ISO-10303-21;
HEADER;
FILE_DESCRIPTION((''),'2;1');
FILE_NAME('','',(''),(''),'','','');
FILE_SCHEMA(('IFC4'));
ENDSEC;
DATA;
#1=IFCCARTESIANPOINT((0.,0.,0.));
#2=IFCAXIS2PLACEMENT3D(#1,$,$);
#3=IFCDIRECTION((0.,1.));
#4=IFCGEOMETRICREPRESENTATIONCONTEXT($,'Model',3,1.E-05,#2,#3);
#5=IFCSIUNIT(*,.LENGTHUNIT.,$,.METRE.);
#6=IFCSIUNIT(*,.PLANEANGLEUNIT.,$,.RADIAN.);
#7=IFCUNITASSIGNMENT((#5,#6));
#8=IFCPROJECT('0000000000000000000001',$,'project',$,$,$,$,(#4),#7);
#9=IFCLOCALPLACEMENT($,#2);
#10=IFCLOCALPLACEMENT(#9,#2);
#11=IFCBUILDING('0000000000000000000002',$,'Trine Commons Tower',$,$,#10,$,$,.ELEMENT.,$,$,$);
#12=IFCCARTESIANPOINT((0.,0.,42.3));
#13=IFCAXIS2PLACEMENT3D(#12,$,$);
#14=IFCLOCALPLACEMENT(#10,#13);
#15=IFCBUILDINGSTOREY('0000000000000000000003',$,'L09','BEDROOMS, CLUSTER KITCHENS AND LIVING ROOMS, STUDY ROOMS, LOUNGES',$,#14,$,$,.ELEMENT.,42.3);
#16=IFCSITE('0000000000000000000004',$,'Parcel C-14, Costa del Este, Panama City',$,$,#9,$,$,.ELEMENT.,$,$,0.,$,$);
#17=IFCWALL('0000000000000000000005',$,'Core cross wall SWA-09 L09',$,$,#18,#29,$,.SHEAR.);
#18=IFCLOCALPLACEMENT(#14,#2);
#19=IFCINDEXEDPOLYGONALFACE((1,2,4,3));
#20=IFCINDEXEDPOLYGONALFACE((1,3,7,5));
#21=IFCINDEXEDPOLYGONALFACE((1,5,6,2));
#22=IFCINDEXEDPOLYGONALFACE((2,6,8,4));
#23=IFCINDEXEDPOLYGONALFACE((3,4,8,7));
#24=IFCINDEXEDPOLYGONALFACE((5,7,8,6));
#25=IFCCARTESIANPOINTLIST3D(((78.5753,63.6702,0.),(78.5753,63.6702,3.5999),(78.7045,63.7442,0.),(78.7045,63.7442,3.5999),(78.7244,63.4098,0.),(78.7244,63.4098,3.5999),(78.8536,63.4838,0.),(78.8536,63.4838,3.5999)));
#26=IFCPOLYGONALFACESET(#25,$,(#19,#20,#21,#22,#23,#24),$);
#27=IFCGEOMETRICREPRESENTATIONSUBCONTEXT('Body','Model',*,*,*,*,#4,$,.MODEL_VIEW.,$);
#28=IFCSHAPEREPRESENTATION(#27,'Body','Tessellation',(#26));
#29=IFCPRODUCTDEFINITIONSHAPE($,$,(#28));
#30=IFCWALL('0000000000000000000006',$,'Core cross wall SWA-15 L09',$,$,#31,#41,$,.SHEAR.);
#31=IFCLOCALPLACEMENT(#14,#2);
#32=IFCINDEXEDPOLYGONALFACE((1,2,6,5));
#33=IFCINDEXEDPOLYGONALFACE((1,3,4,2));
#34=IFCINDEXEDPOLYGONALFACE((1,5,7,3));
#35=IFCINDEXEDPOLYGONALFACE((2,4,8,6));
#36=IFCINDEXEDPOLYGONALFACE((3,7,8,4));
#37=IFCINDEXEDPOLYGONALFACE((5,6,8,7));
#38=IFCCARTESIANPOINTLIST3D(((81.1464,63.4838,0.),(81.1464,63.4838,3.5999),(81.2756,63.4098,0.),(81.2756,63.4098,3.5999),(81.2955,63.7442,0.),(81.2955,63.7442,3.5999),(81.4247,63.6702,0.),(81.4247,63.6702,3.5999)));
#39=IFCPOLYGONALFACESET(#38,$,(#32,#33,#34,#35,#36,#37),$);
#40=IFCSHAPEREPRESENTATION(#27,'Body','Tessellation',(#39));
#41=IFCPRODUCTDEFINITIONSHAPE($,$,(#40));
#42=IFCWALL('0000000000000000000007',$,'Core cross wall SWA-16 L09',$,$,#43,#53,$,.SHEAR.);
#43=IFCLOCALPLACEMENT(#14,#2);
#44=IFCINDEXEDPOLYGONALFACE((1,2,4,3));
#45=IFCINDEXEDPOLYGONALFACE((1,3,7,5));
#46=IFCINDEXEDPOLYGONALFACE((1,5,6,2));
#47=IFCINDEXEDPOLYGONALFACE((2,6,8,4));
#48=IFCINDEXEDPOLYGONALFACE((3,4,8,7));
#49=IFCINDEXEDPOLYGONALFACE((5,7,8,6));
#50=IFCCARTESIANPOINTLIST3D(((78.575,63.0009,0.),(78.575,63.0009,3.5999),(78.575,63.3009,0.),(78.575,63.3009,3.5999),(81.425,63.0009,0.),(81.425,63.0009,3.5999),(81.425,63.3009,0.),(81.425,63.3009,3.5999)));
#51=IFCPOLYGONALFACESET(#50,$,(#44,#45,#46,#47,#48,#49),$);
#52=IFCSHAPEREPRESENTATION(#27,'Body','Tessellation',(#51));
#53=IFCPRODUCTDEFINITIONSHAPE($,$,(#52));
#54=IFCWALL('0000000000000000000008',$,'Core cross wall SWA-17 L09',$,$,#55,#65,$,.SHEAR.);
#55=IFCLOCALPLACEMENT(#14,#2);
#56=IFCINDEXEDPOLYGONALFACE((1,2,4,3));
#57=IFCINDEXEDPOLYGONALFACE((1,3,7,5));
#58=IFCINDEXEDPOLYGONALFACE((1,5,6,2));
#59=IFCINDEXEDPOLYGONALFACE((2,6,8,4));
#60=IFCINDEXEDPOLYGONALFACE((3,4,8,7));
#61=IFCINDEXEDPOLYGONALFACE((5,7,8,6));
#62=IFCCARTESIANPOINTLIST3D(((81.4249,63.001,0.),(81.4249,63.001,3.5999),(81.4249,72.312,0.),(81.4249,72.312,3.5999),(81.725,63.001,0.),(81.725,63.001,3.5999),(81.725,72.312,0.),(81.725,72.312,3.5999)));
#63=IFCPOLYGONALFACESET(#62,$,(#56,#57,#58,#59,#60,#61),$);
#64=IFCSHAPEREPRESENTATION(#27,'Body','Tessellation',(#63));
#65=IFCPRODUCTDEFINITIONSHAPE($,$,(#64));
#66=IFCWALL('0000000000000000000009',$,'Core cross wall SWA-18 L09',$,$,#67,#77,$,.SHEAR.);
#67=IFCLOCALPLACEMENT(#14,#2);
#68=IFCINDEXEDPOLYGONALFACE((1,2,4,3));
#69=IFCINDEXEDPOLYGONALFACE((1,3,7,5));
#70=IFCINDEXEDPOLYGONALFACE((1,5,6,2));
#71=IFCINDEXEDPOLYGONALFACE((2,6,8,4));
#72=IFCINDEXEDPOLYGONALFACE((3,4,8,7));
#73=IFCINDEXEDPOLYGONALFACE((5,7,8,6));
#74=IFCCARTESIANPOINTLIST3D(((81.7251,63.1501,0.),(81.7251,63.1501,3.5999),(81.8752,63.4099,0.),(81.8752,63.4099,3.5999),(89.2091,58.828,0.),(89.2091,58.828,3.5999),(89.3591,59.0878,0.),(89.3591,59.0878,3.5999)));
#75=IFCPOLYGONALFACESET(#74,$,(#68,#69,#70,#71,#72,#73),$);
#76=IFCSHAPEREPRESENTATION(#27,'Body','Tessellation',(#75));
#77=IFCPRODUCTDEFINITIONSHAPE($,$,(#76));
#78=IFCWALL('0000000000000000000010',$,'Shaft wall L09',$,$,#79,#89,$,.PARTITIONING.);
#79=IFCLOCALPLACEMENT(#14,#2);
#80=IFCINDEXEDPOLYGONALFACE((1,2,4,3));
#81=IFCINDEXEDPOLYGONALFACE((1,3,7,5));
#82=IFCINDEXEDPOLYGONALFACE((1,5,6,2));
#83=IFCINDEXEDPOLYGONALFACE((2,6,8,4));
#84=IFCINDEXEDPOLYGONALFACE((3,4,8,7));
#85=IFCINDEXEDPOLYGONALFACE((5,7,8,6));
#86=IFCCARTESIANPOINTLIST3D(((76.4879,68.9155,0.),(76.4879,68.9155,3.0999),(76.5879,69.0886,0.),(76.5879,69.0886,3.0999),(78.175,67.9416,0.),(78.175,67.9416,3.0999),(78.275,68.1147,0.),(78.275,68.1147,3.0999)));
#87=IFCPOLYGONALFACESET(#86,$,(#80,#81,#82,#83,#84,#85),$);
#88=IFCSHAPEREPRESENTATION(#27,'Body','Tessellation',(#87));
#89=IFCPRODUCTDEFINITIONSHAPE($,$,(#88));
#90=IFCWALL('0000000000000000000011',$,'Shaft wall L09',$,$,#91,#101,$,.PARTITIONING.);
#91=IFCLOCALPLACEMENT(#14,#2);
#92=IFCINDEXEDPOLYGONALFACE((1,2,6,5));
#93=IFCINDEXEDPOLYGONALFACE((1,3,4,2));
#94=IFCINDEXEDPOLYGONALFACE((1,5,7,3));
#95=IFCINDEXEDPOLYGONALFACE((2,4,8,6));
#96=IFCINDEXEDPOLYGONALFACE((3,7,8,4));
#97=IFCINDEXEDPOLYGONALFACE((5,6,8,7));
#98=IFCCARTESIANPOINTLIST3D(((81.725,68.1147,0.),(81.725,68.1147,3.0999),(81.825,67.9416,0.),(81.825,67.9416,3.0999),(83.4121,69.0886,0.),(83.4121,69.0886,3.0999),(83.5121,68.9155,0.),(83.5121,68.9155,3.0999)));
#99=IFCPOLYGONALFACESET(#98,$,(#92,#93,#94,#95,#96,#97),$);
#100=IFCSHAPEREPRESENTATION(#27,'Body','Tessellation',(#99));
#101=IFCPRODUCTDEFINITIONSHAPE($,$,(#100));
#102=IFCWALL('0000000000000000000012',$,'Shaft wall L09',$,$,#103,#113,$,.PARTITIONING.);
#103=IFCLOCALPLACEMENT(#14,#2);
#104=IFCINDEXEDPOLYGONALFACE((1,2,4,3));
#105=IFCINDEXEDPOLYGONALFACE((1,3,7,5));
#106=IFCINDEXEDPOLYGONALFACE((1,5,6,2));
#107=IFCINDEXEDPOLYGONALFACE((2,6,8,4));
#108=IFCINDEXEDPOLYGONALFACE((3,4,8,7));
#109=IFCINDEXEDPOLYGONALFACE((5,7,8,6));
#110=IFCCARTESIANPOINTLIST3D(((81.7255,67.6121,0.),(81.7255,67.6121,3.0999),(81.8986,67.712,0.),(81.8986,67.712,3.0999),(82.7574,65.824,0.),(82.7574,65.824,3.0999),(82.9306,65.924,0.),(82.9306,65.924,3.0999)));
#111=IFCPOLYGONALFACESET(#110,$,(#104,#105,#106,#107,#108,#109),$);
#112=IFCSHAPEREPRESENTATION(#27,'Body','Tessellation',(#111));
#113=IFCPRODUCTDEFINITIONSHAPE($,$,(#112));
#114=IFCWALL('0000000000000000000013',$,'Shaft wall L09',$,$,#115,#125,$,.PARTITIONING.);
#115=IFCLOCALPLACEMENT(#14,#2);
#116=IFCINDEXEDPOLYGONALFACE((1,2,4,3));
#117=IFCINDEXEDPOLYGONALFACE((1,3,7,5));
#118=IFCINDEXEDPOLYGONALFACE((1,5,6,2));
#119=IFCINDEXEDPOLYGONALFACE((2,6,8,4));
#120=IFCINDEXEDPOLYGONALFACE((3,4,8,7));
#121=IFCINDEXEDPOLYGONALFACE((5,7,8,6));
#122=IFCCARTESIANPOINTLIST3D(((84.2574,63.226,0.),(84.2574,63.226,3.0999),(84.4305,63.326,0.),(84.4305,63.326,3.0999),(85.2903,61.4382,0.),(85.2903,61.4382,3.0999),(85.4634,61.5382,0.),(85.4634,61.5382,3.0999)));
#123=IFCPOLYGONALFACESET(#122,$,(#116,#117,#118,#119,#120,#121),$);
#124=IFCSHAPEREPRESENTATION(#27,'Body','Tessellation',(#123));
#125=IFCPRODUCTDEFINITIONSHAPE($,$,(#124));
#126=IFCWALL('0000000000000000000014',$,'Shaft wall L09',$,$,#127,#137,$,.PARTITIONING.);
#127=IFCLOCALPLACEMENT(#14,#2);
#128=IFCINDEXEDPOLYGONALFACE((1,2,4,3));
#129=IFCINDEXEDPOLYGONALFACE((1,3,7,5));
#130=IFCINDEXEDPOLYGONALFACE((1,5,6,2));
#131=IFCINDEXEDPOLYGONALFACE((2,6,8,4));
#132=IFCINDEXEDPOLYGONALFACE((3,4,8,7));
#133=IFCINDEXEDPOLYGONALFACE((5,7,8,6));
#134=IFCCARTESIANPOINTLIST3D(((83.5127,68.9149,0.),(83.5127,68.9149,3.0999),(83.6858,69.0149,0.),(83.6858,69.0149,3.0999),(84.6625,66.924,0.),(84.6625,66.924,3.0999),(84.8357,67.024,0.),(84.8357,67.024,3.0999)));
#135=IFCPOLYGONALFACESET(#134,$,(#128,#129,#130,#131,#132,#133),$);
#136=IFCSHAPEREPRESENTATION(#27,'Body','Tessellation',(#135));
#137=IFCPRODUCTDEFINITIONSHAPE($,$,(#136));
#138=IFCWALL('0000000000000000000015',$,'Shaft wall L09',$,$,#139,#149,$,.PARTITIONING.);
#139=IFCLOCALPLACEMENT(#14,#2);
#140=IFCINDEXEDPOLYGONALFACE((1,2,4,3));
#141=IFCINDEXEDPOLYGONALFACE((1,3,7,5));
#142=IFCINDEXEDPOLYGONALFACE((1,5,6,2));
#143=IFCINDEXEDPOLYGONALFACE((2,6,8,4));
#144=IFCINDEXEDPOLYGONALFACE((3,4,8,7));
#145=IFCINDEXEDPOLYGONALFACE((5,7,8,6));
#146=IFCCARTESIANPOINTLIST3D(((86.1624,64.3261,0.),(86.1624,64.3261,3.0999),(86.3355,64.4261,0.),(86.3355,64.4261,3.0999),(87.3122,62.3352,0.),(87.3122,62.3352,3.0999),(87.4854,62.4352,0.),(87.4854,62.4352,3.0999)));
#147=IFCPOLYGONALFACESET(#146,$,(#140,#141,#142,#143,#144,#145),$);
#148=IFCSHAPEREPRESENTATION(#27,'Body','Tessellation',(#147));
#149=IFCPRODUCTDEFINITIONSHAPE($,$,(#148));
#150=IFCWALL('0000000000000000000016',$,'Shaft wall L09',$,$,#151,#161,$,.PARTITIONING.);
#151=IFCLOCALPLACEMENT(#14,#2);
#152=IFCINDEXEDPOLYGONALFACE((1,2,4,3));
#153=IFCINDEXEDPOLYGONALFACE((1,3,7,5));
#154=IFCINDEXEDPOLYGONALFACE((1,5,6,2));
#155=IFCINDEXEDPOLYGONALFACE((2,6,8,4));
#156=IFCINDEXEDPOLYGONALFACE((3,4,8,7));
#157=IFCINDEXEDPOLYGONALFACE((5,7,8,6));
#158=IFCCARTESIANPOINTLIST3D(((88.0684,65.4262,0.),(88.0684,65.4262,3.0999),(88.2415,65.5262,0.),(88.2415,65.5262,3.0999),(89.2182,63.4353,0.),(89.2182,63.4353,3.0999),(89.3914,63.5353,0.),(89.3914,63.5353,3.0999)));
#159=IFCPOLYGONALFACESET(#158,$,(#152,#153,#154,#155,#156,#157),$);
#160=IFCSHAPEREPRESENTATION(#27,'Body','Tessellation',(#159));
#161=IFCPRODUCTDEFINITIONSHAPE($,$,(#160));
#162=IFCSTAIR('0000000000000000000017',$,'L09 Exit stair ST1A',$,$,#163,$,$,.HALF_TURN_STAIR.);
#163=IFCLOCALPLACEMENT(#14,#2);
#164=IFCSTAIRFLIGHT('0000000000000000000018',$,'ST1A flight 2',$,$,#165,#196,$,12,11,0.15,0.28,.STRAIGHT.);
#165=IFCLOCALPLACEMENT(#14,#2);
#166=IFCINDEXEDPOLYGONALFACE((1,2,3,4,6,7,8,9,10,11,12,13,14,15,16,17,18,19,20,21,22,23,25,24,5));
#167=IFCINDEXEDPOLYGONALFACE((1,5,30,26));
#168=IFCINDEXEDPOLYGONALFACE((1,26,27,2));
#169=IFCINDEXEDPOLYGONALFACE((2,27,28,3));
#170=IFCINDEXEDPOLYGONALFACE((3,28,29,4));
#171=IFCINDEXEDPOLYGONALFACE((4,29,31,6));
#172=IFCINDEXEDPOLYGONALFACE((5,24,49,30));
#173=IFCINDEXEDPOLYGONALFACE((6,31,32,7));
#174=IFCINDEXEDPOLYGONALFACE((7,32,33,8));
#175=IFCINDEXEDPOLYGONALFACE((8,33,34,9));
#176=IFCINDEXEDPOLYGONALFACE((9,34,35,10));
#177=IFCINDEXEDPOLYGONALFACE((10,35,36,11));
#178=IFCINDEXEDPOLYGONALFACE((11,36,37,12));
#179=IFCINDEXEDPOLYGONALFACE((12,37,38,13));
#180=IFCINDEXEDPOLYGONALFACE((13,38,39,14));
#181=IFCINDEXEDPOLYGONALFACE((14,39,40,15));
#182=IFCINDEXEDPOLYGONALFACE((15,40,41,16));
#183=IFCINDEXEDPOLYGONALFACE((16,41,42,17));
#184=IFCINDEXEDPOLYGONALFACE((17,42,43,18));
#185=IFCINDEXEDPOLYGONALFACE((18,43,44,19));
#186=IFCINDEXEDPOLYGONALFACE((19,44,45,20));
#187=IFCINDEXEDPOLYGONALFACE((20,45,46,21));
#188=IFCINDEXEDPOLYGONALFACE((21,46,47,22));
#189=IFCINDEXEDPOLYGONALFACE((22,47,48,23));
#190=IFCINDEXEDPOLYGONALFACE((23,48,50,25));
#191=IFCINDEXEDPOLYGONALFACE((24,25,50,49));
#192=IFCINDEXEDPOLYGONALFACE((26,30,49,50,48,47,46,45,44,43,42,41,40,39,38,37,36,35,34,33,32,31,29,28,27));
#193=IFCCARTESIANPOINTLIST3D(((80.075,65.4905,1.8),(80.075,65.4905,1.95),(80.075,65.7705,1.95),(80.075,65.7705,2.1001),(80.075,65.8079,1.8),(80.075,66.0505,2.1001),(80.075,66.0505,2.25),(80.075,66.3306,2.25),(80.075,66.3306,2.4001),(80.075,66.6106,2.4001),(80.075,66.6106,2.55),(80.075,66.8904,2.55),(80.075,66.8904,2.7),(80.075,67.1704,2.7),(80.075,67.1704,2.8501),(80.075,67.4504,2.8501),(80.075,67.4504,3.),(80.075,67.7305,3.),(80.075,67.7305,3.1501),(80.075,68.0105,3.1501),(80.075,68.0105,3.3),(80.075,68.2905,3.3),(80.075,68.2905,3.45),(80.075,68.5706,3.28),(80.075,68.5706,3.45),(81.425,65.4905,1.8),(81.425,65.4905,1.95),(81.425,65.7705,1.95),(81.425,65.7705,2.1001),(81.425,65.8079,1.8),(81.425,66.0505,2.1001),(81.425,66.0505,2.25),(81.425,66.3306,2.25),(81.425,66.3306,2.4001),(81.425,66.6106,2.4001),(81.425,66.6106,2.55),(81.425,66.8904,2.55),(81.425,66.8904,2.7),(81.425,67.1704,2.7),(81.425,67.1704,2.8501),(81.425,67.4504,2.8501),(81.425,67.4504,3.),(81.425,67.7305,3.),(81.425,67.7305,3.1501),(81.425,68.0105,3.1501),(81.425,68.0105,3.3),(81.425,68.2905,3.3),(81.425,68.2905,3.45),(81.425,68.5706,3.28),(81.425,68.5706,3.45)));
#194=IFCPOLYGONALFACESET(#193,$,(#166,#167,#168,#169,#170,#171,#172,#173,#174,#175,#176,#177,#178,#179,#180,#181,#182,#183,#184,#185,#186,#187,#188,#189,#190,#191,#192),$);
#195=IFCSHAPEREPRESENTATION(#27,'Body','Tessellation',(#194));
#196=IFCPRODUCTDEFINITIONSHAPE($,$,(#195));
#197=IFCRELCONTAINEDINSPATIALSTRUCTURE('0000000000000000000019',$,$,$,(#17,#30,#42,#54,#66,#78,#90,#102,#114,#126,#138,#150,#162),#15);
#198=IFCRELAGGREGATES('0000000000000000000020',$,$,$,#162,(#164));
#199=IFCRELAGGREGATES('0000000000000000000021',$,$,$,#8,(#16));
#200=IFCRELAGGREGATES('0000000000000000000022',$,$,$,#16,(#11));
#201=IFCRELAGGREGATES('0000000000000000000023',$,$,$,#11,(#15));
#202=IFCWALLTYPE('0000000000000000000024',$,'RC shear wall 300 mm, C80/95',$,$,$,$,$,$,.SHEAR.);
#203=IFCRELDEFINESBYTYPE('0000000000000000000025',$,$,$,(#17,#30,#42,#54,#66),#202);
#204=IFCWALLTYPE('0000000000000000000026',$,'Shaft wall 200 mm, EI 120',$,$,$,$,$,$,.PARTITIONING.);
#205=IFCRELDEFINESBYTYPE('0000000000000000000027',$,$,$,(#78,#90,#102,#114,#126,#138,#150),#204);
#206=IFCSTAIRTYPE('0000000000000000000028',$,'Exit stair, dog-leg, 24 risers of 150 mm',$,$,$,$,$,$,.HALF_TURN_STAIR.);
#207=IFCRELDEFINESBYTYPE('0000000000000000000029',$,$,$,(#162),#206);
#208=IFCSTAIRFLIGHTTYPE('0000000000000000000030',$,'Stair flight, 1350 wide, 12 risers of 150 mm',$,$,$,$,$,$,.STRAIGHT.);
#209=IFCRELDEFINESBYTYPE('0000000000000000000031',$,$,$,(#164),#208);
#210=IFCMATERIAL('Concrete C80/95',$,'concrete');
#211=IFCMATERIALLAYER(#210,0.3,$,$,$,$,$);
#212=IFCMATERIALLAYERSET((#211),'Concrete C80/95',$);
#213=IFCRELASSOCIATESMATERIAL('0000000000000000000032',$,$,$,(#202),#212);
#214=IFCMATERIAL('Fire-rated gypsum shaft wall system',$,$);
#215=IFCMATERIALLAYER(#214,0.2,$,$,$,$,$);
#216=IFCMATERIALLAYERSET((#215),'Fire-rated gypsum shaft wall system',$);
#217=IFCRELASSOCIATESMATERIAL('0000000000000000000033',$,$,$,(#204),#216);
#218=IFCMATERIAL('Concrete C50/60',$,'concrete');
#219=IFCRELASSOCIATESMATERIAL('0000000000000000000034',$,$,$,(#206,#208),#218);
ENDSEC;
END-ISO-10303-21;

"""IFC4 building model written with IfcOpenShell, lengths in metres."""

from ifc_helpers import new_model, si_unit, direction, frame, frame_2d, origin, place, context, subcontext, project, spatial, polyline, rectangle, outline, extrude, material, layer, layer_set, type_object, element, aggregate, save


model = new_model("IFC4")

# Units and contexts
model_context = context("Model", 3, precision=1e-05, world=origin(), true_north=direction((0.0, 1.0)))
body_context = subcontext(model_context, "Body", "Model", "MODEL_VIEW")
ifc_project = project(units=[si_unit("LENGTHUNIT", "METRE"), si_unit("PLANEANGLEUNIT", "RADIAN")], contexts=[model_context])

# Site, building, storey
site_placement = place(None, origin())
site = spatial("IfcSite", under=ifc_project, at=site_placement, Name="Parcel C-14, Costa del Este, Panama City", CompositionType="ELEMENT", RefElevation=0.0)
building_placement = place(site_placement, origin())
building = spatial("IfcBuilding", under=site, at=building_placement, Name="Trine Commons Tower", CompositionType="ELEMENT")
storey_placement = place(building_placement, frame((0.0, 0.0, 42.3)))
storey = spatial("IfcBuildingStorey", under=building, at=storey_placement, Name="L09", Description="BEDROOMS, CLUSTER KITCHENS AND LIVING ROOMS, STUDY ROOMS, LOUNGES", CompositionType="ELEMENT", Elevation=42.3)

# Shared definitions
ifc_material_1 = material(Name="Concrete C50/60", Category="concrete")

# Shared definitions
ifc_material_2 = material(Name="Fire-rated gypsum shaft wall system")
ifc_material_3 = material(Name="Concrete C80/95", Category="concrete")
ifc_layer_1 = layer(ifc_material_3, 0.3)
ifc_layer_set_1 = layer_set([ifc_layer_1], Name="Concrete C80/95")
wall_type_1 = type_object("IfcWallType", Name="RC shear wall 300 mm, C80/95", PredefinedType="SHEAR", material=ifc_layer_set_1)

# Walls
for number, where, z_axis, x_axis, name in (
    (1, (78.7791, 63.614, 0.0), (0.0, 0.0, 1.0), (-0.867738, -0.497022, 0.0), "Core cross wall SWA-09 L09"),
    (2, (81.2209, 63.614, 0.0), (0.0, 0.0, 1.0), (0.867738, -0.497022, 0.0), "Core cross wall SWA-15 L09"),
):
    element("IfcWall", number, at=place(storey_placement, frame(where, z_axis=z_axis, x_axis=x_axis)), inside=storey, type_object=wall_type_1, Name=name, PredefinedType="SHEAR", context=body_context, shape_type="SweptSolid", body=[
        extrude(rectangle(XDim=0.1489, YDim=0.3, at=frame_2d((0.0745, 0.0))), origin(), (0.0, 0.0, 1.0), 3.5999),
    ])
wall_1_placement = place(storey_placement, frame((81.425, 63.1509, 0.0), z_axis=(0.0, 0.0, 1.0), x_axis=(-1.0, 0.0, 0.0)))
element("IfcWall", 3, at=wall_1_placement, inside=storey, type_object=wall_type_1, Name="Core cross wall SWA-16 L09", PredefinedType="SHEAR", context=body_context, shape_type="SweptSolid", body=[
    extrude(rectangle(XDim=2.8501, YDim=0.3, at=frame_2d((1.425, 0.0))), origin(), (0.0, 0.0, 1.0), 3.5999),
])
wall_2_placement = place(storey_placement, frame((81.575, 63.001, 0.0), z_axis=(0.0, 0.0, 1.0), x_axis=(0.0, 1.0, 0.0)))
element("IfcWall", 4, at=wall_2_placement, inside=storey, type_object=wall_type_1, Name="Core cross wall SWA-17 L09", PredefinedType="SHEAR", context=body_context, shape_type="SweptSolid", body=[
    extrude(rectangle(XDim=9.311, YDim=0.3, at=frame_2d((4.6555, 0.0))), origin(), (0.0, 0.0, 1.0), 3.5999),
])
wall_3_placement = place(storey_placement, frame((81.8, 63.28, 0.0), z_axis=(0.0, 0.0, 1.0), x_axis=(0.865965, -0.500104, 0.0)))
element("IfcWall", 5, at=wall_3_placement, inside=storey, type_object=wall_type_1, Name="Core cross wall SWA-18 L09", PredefinedType="SHEAR", context=body_context, shape_type="SweptSolid", body=[
    extrude(rectangle(XDim=8.6423, YDim=0.3, at=frame_2d((4.3213, 0.0))), origin(), (0.0, 0.0, 1.0), 3.5999),
])
ifc_layer_2 = layer(ifc_material_2, 0.2)
ifc_layer_set_2 = layer_set([ifc_layer_2], Name="Fire-rated gypsum shaft wall system")
wall_type_2 = type_object("IfcWallType", Name="Shaft wall 200 mm, EI 120", PredefinedType="PARTITIONING", material=ifc_layer_set_2)
for number, where, z_axis, x_axis, name in (
    (6, (78.2251, 68.0281, 0.0), (0.0, 0.0, 1.0), (-0.866052, 0.499954, 0.0), "Shaft wall L09"),
    (7, (81.7749, 68.0281, 0.0), (0.0, 0.0, 1.0), (0.866052, 0.499954, 0.0), "Shaft wall L09"),
):
    element("IfcWall", number, at=place(storey_placement, frame(where, z_axis=z_axis, x_axis=x_axis)), inside=storey, type_object=wall_type_2, Name=name, PredefinedType="PARTITIONING", context=body_context, shape_type="SweptSolid", body=[
        extrude(rectangle(XDim=1.948, YDim=0.2, at=frame_2d((0.9741, 0.0))), origin(), (0.0, 0.0, 1.0), 3.0999),
    ])
wall_4_placement = place(storey_placement, frame((82.844, 65.874, 0.0), z_axis=(0.0, 0.0, 1.0), x_axis=(-0.499866, 0.866103, 0.0)))
element("IfcWall", 8, at=wall_4_placement, inside=storey, type_object=wall_type_2, Name="Shaft wall L09", PredefinedType="PARTITIONING", context=body_context, shape_type="SweptSolid", body=[
    extrude(rectangle(XDim=2.0645, YDim=0.2, at=frame_2d((1.0322, 0.0))), origin(), (0.0, 0.0, 1.0), 3.0999),
])
wall_5_placement = place(storey_placement, frame((84.344, 63.2759, 0.0), z_axis=(0.0, 0.0, 1.0), x_axis=(0.500272, -0.865868, 0.0)))
element("IfcWall", 9, at=wall_5_placement, inside=storey, type_object=wall_type_2, Name="Shaft wall L09", PredefinedType="PARTITIONING", context=body_context, shape_type="SweptSolid", body=[
    extrude(rectangle(XDim=2.0647, YDim=0.2, at=frame_2d((1.0322, 0.0))), origin(), (0.0, 0.0, 1.0), 3.0999),
])
for number, where, z_axis, x_axis, name in (
    (10, (84.749, 66.9741, 0.0), (0.0, 0.0, 1.0), (-0.500136, 0.865947, 0.0), "Shaft wall L09"),
    (11, (86.249, 64.376, 0.0), (0.0, 0.0, 1.0), (0.500136, -0.865947, 0.0), "Shaft wall L09"),
    (12, (88.155, 65.4761, 0.0), (0.0, 0.0, 1.0), (0.500136, -0.865947, 0.0), "Shaft wall L09"),
):
    element("IfcWall", number, at=place(storey_placement, frame(where, z_axis=z_axis, x_axis=x_axis)), inside=storey, type_object=wall_type_2, Name=name, PredefinedType="PARTITIONING", context=body_context, shape_type="SweptSolid", body=[
        extrude(rectangle(XDim=2.2991, YDim=0.2, at=frame_2d((1.1494, 0.0))), origin(), (0.0, 0.0, 1.0), 3.0999),
    ])

# Stair, stair flight
stair_type = type_object("IfcStairType", Name="Exit stair, dog-leg, 24 risers of 150 mm", PredefinedType="HALF_TURN_STAIR", material=ifc_material_1)
stair_placement = place(storey_placement, origin())
stair = element("IfcStair", 13, at=stair_placement, inside=storey, type_object=stair_type, Name="L09 Exit stair ST1A", PredefinedType="HALF_TURN_STAIR")
stair_flight_type = type_object("IfcStairFlightType", Name="Stair flight, 1350 wide, 12 risers of 150 mm", PredefinedType="STRAIGHT", material=ifc_material_1)
stair_flight_placement = place(storey_placement, frame((80.75, 65.4905, 1.8), z_axis=(0.0, 0.0, 1.0), x_axis=(0.0, 1.0, 0.0)))
stair_flight = element("IfcStairFlight", 14, at=stair_flight_placement, type_object=stair_flight_type, Name="ST1A flight 2", NumberOfRisers=12, NumberOfTreads=11, PredefinedType="STRAIGHT", RiserHeight=0.15, TreadLength=0.28, context=body_context, shape_type="SweptSolid", body=[
    extrude(outline(polyline([(0.0, 0.0), (0.0, 0.1499), (0.28, 0.1499), (0.28, 0.3), (0.5601, 0.3), (0.5601, 0.45), (0.8401, 0.45), (0.8401, 0.6001), (1.1201, 0.6001), (1.1201, 0.75), (1.3999, 0.75), (1.3999, 0.8999), (1.6799, 0.8999), (1.6799, 1.05), (1.96, 1.05), (1.96, 1.2), (2.24, 1.2), (2.24, 1.3501), (2.52, 1.3501), (2.52, 1.5), (2.8, 1.5), (2.8, 1.6499), (3.0801, 1.6499), (3.0801, 1.8), (3.0801, 1.48), (0.3174, 0.0), (0.0, 0.0)])), frame((0.0, 0.675, 0.0), z_axis=(0.0, -1.0, 0.0), x_axis=(1.0, 0.0, 0.0)), (0.0, 0.0, 1.0), 1.3501),
])
aggregate(stair, [stair_flight])

save(model, "model.ifc")
